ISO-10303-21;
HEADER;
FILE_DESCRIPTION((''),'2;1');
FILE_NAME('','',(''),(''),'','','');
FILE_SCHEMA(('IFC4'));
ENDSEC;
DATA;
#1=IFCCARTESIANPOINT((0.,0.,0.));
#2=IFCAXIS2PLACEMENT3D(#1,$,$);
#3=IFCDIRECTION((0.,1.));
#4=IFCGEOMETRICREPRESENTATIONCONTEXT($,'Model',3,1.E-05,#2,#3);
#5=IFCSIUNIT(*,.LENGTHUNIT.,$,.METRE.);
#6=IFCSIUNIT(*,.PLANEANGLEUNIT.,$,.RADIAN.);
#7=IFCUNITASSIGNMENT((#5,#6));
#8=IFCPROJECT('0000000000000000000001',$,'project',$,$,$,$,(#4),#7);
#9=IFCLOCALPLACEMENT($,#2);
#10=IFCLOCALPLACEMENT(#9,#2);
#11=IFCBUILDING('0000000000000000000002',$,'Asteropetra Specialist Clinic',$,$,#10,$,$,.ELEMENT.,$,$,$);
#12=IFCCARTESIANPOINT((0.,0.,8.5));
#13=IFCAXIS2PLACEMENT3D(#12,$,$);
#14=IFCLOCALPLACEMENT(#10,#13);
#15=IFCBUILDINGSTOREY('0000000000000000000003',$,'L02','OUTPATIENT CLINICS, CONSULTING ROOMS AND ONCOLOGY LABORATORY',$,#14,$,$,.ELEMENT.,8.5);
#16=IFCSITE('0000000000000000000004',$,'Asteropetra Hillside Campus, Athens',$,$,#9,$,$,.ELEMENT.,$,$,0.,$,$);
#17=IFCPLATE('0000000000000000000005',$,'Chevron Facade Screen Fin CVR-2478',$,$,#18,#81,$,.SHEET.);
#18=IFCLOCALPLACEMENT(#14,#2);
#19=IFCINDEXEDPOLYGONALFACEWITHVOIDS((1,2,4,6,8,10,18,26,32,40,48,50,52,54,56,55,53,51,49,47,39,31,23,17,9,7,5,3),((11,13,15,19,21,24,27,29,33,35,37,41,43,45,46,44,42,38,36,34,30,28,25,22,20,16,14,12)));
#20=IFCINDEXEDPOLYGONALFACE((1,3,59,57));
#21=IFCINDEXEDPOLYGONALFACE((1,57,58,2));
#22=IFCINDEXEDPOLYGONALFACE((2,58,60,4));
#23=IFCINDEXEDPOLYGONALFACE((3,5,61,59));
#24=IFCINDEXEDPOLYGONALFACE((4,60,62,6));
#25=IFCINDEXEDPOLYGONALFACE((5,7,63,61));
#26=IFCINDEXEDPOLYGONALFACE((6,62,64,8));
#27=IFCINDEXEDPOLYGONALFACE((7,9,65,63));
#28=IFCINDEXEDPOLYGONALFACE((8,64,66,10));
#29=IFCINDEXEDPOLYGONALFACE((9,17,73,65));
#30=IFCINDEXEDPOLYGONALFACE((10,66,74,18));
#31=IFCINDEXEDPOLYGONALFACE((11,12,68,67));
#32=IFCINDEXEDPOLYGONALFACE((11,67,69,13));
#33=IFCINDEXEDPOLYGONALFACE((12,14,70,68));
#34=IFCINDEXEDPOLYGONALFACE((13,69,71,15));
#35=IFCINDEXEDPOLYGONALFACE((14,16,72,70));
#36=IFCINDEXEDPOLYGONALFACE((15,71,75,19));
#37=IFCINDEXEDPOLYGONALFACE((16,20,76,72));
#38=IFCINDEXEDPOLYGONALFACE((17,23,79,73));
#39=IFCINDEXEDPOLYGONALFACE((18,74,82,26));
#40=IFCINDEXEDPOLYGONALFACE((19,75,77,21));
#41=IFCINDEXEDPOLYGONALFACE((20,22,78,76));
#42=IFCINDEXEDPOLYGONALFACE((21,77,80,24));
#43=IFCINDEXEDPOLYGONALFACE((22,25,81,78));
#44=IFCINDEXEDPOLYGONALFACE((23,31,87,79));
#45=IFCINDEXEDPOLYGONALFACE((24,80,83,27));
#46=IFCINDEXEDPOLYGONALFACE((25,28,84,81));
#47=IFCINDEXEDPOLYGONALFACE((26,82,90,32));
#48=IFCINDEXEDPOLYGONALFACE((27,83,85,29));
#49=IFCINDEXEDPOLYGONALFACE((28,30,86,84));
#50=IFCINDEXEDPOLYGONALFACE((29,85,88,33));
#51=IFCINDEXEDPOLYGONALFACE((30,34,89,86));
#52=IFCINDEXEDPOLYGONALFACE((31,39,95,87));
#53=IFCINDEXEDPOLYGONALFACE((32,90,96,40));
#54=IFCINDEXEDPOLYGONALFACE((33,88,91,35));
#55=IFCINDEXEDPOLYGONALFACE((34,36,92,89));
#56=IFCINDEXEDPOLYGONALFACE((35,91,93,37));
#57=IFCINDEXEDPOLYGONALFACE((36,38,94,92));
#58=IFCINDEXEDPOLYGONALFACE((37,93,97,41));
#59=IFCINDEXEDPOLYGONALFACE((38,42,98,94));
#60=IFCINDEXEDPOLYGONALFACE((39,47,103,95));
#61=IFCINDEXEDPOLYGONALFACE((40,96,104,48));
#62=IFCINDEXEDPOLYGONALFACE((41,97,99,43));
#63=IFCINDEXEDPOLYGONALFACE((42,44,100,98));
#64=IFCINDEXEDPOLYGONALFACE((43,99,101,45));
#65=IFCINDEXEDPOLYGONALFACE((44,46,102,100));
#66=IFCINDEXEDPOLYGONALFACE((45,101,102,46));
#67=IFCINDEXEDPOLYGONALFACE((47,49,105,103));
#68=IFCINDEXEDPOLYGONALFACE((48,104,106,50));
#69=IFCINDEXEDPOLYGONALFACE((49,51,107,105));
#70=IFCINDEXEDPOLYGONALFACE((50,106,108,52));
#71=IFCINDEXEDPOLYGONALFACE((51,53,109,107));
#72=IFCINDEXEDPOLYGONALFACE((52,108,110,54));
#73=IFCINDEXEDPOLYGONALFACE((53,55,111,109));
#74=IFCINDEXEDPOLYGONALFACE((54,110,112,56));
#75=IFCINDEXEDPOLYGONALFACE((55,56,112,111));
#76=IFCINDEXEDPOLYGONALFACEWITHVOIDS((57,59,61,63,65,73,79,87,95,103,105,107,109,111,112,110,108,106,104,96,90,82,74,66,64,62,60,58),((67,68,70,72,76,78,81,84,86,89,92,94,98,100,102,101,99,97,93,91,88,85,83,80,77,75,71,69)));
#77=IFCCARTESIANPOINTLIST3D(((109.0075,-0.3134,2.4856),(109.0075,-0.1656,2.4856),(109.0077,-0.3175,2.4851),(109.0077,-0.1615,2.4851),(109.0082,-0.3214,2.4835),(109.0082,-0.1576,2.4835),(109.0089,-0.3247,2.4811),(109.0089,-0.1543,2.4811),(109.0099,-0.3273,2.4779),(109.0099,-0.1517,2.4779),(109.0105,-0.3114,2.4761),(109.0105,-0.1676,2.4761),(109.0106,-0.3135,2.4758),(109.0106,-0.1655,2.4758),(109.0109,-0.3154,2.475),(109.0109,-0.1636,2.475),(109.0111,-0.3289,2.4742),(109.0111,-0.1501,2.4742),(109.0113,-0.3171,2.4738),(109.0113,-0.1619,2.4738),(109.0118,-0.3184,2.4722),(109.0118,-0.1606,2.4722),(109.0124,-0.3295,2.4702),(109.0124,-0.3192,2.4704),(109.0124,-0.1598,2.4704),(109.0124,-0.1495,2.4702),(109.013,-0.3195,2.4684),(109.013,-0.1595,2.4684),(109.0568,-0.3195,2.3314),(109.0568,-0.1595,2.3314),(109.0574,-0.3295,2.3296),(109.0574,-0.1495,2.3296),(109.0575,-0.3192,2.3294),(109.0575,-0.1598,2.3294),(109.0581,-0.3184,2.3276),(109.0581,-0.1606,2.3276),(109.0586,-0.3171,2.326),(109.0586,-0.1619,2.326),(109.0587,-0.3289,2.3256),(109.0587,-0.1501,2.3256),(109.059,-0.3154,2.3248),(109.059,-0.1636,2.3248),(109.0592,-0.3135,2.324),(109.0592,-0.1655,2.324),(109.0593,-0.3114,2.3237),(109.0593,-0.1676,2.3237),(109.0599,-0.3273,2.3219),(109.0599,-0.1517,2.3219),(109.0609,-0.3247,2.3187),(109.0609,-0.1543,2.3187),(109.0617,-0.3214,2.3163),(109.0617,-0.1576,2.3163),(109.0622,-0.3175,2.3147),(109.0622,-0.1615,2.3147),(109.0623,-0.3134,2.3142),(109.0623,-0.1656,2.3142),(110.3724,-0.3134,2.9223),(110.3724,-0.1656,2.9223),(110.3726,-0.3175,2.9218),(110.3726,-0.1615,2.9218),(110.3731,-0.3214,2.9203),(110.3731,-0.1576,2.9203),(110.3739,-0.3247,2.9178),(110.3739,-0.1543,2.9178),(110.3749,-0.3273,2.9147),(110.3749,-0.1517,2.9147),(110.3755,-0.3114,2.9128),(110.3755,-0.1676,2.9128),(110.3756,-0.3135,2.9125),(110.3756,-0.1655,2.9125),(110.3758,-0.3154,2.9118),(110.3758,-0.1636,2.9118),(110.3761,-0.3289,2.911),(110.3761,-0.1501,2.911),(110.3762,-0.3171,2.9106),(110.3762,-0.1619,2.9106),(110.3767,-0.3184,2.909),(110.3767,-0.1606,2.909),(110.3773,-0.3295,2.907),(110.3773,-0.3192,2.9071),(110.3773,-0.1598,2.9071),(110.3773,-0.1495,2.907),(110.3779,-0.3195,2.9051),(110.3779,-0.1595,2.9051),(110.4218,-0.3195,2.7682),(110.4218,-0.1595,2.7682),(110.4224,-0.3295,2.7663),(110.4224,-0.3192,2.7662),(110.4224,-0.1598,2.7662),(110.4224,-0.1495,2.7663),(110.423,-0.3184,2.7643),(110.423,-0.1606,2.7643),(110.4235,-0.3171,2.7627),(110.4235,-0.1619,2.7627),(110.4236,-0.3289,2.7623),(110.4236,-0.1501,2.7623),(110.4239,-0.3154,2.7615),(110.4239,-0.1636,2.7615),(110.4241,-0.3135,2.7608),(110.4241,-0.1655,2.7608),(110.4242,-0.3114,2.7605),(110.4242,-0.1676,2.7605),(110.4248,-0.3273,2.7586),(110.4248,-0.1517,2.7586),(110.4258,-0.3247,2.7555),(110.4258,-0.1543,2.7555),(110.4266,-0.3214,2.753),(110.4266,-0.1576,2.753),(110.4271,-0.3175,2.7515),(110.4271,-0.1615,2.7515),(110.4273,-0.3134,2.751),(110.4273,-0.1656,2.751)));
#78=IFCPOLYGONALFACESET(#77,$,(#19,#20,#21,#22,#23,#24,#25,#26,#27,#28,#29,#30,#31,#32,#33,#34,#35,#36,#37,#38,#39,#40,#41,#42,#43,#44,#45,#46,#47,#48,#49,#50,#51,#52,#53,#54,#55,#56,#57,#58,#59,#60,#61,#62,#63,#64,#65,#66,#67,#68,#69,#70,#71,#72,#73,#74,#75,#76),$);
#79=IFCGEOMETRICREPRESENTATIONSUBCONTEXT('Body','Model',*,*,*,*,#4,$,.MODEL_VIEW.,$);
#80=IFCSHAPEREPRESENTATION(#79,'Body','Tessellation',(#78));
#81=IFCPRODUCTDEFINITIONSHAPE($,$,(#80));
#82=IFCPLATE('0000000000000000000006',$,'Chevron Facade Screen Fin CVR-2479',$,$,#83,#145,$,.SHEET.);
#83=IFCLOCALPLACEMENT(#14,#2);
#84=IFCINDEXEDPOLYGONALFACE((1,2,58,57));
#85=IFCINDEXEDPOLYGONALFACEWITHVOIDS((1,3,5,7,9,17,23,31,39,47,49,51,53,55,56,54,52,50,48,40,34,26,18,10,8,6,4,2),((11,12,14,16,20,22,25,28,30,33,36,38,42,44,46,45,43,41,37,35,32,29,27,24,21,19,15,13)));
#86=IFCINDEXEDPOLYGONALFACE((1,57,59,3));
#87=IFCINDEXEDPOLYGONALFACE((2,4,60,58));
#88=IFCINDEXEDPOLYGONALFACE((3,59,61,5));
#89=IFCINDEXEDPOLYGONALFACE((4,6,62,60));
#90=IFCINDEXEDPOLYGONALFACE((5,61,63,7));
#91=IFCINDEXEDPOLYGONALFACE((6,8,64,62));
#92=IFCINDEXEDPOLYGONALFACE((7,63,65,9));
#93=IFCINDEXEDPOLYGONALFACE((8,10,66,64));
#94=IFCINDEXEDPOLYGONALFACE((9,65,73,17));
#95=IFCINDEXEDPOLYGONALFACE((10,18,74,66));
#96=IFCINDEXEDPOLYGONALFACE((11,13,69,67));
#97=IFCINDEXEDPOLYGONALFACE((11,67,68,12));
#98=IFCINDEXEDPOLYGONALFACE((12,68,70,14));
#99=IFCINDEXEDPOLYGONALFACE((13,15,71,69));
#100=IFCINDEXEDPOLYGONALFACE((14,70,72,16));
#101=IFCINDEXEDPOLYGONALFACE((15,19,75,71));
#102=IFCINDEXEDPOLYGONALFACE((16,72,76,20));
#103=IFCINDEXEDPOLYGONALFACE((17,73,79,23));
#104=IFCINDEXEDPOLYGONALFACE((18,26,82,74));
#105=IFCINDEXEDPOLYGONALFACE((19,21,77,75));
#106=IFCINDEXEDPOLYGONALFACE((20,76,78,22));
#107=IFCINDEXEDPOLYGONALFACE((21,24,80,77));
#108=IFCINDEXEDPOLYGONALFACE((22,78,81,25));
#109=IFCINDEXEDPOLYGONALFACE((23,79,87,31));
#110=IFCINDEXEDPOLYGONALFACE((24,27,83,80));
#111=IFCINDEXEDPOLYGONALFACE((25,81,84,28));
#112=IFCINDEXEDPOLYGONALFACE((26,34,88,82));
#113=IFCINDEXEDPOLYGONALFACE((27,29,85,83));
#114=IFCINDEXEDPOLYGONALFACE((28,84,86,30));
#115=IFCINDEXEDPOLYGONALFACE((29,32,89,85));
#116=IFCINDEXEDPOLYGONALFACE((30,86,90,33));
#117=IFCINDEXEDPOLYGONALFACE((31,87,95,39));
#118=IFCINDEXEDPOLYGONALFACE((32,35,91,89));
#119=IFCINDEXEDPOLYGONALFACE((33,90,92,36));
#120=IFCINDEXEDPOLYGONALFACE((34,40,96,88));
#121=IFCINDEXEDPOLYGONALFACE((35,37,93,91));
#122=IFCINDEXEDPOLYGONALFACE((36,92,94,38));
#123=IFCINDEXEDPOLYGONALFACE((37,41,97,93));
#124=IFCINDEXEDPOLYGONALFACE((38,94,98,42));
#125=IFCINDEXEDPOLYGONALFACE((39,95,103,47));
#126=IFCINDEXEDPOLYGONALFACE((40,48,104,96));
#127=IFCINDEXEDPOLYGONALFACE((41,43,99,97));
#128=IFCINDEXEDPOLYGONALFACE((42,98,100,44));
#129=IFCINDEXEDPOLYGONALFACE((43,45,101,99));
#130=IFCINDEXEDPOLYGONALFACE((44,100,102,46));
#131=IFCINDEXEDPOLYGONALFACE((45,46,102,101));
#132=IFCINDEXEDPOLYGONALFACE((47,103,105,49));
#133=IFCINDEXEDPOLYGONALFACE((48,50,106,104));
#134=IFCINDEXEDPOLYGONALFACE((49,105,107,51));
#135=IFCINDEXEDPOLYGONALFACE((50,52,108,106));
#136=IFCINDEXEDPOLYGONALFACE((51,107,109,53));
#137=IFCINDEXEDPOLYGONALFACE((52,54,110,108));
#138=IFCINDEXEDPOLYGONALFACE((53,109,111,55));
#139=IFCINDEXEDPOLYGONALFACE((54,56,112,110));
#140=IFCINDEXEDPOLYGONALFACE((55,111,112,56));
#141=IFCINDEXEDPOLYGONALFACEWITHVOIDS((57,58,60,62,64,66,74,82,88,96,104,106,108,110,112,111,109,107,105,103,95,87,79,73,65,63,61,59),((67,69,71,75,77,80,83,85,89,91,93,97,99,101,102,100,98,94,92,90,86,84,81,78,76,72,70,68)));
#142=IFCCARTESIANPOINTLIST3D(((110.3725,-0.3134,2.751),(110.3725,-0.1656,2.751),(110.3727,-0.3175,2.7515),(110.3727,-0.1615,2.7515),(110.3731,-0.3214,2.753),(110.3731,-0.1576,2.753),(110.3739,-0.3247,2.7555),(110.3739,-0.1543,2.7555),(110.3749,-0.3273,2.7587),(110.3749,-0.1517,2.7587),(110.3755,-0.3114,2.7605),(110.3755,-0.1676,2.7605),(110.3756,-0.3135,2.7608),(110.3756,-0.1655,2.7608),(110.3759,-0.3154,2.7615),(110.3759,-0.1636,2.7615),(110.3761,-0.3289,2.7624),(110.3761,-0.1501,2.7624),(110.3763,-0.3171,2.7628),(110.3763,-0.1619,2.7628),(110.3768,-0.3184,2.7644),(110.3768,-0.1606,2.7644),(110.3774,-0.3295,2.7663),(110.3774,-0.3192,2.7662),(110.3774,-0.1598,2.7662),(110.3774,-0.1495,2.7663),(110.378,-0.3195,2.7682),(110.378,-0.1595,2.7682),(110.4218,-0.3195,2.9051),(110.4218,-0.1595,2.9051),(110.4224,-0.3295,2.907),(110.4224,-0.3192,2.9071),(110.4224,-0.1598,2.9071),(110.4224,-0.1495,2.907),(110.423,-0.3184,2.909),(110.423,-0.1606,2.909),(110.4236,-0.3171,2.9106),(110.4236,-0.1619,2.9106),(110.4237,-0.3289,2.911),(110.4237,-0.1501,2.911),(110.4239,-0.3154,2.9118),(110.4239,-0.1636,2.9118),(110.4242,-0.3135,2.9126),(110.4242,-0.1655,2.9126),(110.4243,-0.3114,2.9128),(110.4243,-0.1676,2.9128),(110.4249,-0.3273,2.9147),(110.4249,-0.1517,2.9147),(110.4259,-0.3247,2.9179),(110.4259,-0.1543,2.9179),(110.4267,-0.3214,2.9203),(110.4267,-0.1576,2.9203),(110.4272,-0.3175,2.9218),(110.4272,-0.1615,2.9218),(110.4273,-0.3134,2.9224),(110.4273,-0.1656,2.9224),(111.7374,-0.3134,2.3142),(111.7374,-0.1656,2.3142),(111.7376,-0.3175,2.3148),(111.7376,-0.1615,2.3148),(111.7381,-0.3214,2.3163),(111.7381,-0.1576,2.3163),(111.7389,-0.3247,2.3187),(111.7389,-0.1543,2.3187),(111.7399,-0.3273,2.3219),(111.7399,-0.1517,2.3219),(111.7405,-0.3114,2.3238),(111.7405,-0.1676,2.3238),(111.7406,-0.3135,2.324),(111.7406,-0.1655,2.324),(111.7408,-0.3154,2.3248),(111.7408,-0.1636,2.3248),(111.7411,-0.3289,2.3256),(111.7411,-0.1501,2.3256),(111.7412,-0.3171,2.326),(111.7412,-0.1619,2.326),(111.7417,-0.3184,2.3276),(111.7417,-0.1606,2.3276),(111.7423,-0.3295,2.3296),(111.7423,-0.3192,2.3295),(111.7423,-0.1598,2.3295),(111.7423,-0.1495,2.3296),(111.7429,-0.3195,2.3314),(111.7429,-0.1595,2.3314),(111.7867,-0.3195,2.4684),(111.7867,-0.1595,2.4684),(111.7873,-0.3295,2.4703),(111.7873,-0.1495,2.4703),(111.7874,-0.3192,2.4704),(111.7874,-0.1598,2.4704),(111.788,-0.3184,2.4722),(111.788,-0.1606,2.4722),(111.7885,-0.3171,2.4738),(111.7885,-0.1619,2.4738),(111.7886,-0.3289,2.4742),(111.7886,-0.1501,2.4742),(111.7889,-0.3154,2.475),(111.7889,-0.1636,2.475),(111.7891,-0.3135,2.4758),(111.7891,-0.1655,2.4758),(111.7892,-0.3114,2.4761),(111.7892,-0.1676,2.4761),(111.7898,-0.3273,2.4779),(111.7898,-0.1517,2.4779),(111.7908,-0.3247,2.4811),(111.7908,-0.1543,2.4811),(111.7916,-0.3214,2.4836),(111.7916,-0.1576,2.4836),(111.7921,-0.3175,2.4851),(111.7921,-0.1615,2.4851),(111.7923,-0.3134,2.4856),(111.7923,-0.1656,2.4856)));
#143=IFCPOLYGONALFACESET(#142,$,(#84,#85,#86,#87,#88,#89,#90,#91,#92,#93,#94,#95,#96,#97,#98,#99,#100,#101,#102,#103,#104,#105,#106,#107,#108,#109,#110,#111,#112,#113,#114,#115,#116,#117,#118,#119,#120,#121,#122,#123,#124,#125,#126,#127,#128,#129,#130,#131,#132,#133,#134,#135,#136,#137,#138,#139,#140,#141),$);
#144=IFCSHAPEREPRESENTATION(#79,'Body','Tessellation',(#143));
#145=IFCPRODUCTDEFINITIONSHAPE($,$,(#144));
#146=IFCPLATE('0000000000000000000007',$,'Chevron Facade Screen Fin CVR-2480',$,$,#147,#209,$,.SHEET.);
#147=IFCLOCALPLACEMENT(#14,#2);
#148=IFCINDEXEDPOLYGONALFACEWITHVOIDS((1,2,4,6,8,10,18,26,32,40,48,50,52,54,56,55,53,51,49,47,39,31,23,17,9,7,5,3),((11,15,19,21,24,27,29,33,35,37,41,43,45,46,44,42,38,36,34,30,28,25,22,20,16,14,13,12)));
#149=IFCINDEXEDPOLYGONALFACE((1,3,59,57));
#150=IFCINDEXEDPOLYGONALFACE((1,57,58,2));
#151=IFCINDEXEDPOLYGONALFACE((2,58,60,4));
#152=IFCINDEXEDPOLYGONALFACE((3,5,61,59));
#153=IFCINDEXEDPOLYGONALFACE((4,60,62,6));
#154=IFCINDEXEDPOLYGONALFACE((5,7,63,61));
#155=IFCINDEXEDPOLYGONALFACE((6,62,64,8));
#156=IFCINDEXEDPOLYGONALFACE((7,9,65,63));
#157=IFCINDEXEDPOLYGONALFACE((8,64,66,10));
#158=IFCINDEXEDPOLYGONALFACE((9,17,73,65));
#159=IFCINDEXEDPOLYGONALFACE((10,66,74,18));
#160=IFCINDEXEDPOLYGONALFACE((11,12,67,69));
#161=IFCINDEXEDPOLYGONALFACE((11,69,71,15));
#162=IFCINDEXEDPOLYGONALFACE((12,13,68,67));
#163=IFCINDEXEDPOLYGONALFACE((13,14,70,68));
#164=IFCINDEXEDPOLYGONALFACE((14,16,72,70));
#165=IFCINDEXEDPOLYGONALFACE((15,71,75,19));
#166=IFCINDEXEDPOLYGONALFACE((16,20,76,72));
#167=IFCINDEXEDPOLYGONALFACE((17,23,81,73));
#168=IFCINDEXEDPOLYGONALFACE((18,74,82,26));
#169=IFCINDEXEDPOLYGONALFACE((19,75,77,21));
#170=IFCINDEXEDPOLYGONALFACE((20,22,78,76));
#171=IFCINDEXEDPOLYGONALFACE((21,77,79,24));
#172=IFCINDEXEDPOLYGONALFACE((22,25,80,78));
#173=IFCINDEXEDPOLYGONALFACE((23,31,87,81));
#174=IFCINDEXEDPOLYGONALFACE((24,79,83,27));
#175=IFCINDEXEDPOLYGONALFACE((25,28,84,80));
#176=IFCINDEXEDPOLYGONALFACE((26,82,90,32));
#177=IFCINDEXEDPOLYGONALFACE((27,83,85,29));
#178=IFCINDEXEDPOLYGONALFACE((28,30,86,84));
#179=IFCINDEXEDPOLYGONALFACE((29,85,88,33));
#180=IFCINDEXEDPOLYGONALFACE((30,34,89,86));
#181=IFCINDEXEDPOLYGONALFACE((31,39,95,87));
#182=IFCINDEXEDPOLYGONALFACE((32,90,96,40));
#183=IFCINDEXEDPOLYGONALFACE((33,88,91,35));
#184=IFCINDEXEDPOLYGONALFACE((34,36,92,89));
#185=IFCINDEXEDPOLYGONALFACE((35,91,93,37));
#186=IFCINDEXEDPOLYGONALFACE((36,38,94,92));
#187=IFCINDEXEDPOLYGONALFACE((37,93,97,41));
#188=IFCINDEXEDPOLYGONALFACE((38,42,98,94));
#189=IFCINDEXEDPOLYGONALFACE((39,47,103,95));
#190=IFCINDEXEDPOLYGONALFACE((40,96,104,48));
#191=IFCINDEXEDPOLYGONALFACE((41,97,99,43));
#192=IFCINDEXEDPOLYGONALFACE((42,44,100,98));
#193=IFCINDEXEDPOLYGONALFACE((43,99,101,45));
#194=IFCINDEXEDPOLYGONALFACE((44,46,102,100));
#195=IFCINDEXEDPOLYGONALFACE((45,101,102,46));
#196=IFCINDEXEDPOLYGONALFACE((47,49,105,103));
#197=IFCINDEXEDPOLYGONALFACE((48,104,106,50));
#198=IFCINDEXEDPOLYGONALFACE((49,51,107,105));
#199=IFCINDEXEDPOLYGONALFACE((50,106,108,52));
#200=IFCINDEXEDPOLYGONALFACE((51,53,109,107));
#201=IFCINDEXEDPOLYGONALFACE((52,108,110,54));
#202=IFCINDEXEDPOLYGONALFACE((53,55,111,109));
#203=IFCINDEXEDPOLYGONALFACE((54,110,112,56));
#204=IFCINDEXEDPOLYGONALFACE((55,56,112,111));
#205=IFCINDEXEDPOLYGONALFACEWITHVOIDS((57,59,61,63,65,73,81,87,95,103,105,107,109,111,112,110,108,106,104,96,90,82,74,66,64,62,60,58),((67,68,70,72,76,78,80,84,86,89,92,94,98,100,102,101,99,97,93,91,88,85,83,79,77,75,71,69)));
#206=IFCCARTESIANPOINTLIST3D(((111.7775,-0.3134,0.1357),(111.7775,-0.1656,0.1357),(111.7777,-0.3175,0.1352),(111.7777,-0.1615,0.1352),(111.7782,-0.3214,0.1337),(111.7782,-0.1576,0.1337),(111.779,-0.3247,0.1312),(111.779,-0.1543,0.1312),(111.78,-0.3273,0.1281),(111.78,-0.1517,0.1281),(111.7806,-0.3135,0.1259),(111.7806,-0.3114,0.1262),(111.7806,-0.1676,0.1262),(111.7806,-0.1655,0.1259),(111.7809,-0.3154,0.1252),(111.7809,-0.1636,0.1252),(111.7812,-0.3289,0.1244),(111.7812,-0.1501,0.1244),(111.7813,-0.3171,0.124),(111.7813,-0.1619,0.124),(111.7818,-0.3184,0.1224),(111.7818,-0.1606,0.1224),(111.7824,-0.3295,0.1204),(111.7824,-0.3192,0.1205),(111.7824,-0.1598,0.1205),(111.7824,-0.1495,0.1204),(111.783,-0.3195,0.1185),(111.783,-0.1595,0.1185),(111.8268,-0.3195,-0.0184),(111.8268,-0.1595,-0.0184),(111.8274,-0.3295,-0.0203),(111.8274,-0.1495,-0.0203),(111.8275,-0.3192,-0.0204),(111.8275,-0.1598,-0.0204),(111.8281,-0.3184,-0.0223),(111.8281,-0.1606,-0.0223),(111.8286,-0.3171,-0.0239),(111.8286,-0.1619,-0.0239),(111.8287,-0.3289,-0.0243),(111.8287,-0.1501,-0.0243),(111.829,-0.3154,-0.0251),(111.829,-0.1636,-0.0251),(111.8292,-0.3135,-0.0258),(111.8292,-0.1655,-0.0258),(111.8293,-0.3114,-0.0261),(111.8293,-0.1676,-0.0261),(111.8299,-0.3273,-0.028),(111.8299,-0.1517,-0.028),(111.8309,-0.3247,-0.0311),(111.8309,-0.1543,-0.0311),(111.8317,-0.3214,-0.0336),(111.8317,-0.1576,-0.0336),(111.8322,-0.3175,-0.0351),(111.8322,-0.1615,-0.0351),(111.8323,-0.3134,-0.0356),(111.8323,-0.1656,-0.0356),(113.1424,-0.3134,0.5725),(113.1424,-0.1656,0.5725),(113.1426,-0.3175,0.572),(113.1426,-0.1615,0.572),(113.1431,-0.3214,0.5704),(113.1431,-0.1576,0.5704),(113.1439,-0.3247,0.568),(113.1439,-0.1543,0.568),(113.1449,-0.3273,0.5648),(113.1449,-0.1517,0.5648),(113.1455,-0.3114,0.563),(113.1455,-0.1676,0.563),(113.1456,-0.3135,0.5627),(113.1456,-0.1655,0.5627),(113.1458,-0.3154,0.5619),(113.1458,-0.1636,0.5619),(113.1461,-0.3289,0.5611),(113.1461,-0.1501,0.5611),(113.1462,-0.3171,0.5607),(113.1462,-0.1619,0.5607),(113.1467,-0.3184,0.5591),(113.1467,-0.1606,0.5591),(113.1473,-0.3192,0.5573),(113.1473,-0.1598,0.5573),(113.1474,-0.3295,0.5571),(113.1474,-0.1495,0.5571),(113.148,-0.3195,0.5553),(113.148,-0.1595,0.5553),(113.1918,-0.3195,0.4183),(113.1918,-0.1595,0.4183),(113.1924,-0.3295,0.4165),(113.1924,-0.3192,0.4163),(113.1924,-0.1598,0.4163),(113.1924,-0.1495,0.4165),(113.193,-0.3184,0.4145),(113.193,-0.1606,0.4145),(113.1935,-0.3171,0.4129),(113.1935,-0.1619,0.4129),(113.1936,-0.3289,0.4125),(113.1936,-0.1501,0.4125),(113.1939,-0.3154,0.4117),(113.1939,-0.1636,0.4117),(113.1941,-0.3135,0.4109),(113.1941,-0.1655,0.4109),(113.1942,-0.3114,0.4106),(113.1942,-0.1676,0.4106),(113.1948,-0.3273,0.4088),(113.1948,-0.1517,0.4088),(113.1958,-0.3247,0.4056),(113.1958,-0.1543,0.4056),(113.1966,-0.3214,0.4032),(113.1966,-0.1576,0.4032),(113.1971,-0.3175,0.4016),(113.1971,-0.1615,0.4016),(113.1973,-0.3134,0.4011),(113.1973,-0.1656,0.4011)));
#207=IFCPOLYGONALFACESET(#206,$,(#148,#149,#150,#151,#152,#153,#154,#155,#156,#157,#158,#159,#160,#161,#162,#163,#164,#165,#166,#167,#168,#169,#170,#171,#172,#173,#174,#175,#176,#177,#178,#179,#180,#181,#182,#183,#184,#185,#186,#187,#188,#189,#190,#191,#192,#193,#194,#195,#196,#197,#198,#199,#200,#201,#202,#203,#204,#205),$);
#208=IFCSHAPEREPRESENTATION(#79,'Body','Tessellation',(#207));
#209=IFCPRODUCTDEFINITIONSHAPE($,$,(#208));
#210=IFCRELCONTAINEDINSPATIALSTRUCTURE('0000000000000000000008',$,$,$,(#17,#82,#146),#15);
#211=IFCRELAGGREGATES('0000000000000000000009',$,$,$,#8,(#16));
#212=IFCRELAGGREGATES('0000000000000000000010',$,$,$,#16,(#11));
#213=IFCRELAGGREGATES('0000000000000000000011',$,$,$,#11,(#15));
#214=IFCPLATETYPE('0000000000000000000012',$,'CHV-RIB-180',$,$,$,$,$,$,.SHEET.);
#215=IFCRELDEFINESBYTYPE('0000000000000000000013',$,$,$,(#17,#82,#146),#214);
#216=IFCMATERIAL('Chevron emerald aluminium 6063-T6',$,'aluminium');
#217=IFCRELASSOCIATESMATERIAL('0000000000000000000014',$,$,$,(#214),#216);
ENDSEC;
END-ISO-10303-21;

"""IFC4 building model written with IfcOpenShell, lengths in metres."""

from ifc_helpers import new_model, si_unit, direction, frame, origin, origin_2d, place, context, subcontext, project, spatial, hollow_rectangle, extrude, material, material_profile, profile_set, type_object, element, save


model = new_model("IFC4")

# Units and contexts
model_context = context("Model", 3, precision=1e-05, world=origin(), true_north=direction((0.0, 1.0)))
body_context = subcontext(model_context, "Body", "Model", "MODEL_VIEW")
ifc_project = project(units=[si_unit("LENGTHUNIT", "METRE"), si_unit("PLANEANGLEUNIT", "RADIAN")], contexts=[model_context])

# Site, building, storey
site_placement = place(None, origin())
site = spatial("IfcSite", under=ifc_project, at=site_placement, Name="Asteropetra Hillside Campus, Athens", CompositionType="ELEMENT", RefElevation=0.0)
building_placement = place(site_placement, origin())
building = spatial("IfcBuilding", under=site, at=building_placement, Name="Asteropetra Specialist Clinic", CompositionType="ELEMENT")
storey_placement = place(building_placement, frame((0.0, 0.0, 8.5)))
storey = spatial("IfcBuildingStorey", under=building, at=storey_placement, Name="L02", Description="OUTPATIENT CLINICS, CONSULTING ROOMS AND ONCOLOGY LABORATORY", CompositionType="ELEMENT", Elevation=8.5)

# Plates
ifc_material_1 = material(Name="Chevron emerald aluminium 6063-T6", Category="aluminium")
ifc_material_profile_1 = material_profile(ifc_material_1, hollow_rectangle(XDim=0.1799, YDim=0.1799, WallThickness=0.01, InnerFilletRadius=0.0081, OuterFilletRadius=0.0161, at=origin_2d()), Name="SHS 180x180x10.0")
ifc_profile_set_1 = profile_set([ifc_material_profile_1], Name="Chevron emerald aluminium 6063-T6")
plate_type = type_object("IfcPlateType", Name="CHV-RIB-180", PredefinedType="SHEET", material=ifc_profile_set_1)
for number, where, z_axis, x_axis, name in (
    (1, (109.0349, -0.2395, 2.3999), (0.95243, 0.0, 0.304757), (0.0, 1.0, 0.0), "Chevron Facade Screen Fin CVR-2478"),
    (2, (110.3999, -0.2395, 2.8367), (0.95243, 0.0, -0.304757), (0.0, 1.0, 0.0), "Chevron Facade Screen Fin CVR-2479"),
    (3, (111.8049, -0.2395, 0.05), (0.95243, 0.0, 0.304757), (0.0, 1.0, 0.0), "Chevron Facade Screen Fin CVR-2480"),
):
    element("IfcPlate", number, at=place(storey_placement, frame(where, z_axis=z_axis, x_axis=x_axis)), inside=storey, type_object=plate_type, Name=name, PredefinedType="SHEET", context=body_context, shape_type="SweptSolid", body=[
        extrude(hollow_rectangle(XDim=0.1799, YDim=0.1799, WallThickness=0.01, InnerFilletRadius=0.0081, OuterFilletRadius=0.0161, at=origin_2d()), origin(), (0.0, 0.0, 1.0), 1.4331),
    ])

save(model, "model.ifc")
